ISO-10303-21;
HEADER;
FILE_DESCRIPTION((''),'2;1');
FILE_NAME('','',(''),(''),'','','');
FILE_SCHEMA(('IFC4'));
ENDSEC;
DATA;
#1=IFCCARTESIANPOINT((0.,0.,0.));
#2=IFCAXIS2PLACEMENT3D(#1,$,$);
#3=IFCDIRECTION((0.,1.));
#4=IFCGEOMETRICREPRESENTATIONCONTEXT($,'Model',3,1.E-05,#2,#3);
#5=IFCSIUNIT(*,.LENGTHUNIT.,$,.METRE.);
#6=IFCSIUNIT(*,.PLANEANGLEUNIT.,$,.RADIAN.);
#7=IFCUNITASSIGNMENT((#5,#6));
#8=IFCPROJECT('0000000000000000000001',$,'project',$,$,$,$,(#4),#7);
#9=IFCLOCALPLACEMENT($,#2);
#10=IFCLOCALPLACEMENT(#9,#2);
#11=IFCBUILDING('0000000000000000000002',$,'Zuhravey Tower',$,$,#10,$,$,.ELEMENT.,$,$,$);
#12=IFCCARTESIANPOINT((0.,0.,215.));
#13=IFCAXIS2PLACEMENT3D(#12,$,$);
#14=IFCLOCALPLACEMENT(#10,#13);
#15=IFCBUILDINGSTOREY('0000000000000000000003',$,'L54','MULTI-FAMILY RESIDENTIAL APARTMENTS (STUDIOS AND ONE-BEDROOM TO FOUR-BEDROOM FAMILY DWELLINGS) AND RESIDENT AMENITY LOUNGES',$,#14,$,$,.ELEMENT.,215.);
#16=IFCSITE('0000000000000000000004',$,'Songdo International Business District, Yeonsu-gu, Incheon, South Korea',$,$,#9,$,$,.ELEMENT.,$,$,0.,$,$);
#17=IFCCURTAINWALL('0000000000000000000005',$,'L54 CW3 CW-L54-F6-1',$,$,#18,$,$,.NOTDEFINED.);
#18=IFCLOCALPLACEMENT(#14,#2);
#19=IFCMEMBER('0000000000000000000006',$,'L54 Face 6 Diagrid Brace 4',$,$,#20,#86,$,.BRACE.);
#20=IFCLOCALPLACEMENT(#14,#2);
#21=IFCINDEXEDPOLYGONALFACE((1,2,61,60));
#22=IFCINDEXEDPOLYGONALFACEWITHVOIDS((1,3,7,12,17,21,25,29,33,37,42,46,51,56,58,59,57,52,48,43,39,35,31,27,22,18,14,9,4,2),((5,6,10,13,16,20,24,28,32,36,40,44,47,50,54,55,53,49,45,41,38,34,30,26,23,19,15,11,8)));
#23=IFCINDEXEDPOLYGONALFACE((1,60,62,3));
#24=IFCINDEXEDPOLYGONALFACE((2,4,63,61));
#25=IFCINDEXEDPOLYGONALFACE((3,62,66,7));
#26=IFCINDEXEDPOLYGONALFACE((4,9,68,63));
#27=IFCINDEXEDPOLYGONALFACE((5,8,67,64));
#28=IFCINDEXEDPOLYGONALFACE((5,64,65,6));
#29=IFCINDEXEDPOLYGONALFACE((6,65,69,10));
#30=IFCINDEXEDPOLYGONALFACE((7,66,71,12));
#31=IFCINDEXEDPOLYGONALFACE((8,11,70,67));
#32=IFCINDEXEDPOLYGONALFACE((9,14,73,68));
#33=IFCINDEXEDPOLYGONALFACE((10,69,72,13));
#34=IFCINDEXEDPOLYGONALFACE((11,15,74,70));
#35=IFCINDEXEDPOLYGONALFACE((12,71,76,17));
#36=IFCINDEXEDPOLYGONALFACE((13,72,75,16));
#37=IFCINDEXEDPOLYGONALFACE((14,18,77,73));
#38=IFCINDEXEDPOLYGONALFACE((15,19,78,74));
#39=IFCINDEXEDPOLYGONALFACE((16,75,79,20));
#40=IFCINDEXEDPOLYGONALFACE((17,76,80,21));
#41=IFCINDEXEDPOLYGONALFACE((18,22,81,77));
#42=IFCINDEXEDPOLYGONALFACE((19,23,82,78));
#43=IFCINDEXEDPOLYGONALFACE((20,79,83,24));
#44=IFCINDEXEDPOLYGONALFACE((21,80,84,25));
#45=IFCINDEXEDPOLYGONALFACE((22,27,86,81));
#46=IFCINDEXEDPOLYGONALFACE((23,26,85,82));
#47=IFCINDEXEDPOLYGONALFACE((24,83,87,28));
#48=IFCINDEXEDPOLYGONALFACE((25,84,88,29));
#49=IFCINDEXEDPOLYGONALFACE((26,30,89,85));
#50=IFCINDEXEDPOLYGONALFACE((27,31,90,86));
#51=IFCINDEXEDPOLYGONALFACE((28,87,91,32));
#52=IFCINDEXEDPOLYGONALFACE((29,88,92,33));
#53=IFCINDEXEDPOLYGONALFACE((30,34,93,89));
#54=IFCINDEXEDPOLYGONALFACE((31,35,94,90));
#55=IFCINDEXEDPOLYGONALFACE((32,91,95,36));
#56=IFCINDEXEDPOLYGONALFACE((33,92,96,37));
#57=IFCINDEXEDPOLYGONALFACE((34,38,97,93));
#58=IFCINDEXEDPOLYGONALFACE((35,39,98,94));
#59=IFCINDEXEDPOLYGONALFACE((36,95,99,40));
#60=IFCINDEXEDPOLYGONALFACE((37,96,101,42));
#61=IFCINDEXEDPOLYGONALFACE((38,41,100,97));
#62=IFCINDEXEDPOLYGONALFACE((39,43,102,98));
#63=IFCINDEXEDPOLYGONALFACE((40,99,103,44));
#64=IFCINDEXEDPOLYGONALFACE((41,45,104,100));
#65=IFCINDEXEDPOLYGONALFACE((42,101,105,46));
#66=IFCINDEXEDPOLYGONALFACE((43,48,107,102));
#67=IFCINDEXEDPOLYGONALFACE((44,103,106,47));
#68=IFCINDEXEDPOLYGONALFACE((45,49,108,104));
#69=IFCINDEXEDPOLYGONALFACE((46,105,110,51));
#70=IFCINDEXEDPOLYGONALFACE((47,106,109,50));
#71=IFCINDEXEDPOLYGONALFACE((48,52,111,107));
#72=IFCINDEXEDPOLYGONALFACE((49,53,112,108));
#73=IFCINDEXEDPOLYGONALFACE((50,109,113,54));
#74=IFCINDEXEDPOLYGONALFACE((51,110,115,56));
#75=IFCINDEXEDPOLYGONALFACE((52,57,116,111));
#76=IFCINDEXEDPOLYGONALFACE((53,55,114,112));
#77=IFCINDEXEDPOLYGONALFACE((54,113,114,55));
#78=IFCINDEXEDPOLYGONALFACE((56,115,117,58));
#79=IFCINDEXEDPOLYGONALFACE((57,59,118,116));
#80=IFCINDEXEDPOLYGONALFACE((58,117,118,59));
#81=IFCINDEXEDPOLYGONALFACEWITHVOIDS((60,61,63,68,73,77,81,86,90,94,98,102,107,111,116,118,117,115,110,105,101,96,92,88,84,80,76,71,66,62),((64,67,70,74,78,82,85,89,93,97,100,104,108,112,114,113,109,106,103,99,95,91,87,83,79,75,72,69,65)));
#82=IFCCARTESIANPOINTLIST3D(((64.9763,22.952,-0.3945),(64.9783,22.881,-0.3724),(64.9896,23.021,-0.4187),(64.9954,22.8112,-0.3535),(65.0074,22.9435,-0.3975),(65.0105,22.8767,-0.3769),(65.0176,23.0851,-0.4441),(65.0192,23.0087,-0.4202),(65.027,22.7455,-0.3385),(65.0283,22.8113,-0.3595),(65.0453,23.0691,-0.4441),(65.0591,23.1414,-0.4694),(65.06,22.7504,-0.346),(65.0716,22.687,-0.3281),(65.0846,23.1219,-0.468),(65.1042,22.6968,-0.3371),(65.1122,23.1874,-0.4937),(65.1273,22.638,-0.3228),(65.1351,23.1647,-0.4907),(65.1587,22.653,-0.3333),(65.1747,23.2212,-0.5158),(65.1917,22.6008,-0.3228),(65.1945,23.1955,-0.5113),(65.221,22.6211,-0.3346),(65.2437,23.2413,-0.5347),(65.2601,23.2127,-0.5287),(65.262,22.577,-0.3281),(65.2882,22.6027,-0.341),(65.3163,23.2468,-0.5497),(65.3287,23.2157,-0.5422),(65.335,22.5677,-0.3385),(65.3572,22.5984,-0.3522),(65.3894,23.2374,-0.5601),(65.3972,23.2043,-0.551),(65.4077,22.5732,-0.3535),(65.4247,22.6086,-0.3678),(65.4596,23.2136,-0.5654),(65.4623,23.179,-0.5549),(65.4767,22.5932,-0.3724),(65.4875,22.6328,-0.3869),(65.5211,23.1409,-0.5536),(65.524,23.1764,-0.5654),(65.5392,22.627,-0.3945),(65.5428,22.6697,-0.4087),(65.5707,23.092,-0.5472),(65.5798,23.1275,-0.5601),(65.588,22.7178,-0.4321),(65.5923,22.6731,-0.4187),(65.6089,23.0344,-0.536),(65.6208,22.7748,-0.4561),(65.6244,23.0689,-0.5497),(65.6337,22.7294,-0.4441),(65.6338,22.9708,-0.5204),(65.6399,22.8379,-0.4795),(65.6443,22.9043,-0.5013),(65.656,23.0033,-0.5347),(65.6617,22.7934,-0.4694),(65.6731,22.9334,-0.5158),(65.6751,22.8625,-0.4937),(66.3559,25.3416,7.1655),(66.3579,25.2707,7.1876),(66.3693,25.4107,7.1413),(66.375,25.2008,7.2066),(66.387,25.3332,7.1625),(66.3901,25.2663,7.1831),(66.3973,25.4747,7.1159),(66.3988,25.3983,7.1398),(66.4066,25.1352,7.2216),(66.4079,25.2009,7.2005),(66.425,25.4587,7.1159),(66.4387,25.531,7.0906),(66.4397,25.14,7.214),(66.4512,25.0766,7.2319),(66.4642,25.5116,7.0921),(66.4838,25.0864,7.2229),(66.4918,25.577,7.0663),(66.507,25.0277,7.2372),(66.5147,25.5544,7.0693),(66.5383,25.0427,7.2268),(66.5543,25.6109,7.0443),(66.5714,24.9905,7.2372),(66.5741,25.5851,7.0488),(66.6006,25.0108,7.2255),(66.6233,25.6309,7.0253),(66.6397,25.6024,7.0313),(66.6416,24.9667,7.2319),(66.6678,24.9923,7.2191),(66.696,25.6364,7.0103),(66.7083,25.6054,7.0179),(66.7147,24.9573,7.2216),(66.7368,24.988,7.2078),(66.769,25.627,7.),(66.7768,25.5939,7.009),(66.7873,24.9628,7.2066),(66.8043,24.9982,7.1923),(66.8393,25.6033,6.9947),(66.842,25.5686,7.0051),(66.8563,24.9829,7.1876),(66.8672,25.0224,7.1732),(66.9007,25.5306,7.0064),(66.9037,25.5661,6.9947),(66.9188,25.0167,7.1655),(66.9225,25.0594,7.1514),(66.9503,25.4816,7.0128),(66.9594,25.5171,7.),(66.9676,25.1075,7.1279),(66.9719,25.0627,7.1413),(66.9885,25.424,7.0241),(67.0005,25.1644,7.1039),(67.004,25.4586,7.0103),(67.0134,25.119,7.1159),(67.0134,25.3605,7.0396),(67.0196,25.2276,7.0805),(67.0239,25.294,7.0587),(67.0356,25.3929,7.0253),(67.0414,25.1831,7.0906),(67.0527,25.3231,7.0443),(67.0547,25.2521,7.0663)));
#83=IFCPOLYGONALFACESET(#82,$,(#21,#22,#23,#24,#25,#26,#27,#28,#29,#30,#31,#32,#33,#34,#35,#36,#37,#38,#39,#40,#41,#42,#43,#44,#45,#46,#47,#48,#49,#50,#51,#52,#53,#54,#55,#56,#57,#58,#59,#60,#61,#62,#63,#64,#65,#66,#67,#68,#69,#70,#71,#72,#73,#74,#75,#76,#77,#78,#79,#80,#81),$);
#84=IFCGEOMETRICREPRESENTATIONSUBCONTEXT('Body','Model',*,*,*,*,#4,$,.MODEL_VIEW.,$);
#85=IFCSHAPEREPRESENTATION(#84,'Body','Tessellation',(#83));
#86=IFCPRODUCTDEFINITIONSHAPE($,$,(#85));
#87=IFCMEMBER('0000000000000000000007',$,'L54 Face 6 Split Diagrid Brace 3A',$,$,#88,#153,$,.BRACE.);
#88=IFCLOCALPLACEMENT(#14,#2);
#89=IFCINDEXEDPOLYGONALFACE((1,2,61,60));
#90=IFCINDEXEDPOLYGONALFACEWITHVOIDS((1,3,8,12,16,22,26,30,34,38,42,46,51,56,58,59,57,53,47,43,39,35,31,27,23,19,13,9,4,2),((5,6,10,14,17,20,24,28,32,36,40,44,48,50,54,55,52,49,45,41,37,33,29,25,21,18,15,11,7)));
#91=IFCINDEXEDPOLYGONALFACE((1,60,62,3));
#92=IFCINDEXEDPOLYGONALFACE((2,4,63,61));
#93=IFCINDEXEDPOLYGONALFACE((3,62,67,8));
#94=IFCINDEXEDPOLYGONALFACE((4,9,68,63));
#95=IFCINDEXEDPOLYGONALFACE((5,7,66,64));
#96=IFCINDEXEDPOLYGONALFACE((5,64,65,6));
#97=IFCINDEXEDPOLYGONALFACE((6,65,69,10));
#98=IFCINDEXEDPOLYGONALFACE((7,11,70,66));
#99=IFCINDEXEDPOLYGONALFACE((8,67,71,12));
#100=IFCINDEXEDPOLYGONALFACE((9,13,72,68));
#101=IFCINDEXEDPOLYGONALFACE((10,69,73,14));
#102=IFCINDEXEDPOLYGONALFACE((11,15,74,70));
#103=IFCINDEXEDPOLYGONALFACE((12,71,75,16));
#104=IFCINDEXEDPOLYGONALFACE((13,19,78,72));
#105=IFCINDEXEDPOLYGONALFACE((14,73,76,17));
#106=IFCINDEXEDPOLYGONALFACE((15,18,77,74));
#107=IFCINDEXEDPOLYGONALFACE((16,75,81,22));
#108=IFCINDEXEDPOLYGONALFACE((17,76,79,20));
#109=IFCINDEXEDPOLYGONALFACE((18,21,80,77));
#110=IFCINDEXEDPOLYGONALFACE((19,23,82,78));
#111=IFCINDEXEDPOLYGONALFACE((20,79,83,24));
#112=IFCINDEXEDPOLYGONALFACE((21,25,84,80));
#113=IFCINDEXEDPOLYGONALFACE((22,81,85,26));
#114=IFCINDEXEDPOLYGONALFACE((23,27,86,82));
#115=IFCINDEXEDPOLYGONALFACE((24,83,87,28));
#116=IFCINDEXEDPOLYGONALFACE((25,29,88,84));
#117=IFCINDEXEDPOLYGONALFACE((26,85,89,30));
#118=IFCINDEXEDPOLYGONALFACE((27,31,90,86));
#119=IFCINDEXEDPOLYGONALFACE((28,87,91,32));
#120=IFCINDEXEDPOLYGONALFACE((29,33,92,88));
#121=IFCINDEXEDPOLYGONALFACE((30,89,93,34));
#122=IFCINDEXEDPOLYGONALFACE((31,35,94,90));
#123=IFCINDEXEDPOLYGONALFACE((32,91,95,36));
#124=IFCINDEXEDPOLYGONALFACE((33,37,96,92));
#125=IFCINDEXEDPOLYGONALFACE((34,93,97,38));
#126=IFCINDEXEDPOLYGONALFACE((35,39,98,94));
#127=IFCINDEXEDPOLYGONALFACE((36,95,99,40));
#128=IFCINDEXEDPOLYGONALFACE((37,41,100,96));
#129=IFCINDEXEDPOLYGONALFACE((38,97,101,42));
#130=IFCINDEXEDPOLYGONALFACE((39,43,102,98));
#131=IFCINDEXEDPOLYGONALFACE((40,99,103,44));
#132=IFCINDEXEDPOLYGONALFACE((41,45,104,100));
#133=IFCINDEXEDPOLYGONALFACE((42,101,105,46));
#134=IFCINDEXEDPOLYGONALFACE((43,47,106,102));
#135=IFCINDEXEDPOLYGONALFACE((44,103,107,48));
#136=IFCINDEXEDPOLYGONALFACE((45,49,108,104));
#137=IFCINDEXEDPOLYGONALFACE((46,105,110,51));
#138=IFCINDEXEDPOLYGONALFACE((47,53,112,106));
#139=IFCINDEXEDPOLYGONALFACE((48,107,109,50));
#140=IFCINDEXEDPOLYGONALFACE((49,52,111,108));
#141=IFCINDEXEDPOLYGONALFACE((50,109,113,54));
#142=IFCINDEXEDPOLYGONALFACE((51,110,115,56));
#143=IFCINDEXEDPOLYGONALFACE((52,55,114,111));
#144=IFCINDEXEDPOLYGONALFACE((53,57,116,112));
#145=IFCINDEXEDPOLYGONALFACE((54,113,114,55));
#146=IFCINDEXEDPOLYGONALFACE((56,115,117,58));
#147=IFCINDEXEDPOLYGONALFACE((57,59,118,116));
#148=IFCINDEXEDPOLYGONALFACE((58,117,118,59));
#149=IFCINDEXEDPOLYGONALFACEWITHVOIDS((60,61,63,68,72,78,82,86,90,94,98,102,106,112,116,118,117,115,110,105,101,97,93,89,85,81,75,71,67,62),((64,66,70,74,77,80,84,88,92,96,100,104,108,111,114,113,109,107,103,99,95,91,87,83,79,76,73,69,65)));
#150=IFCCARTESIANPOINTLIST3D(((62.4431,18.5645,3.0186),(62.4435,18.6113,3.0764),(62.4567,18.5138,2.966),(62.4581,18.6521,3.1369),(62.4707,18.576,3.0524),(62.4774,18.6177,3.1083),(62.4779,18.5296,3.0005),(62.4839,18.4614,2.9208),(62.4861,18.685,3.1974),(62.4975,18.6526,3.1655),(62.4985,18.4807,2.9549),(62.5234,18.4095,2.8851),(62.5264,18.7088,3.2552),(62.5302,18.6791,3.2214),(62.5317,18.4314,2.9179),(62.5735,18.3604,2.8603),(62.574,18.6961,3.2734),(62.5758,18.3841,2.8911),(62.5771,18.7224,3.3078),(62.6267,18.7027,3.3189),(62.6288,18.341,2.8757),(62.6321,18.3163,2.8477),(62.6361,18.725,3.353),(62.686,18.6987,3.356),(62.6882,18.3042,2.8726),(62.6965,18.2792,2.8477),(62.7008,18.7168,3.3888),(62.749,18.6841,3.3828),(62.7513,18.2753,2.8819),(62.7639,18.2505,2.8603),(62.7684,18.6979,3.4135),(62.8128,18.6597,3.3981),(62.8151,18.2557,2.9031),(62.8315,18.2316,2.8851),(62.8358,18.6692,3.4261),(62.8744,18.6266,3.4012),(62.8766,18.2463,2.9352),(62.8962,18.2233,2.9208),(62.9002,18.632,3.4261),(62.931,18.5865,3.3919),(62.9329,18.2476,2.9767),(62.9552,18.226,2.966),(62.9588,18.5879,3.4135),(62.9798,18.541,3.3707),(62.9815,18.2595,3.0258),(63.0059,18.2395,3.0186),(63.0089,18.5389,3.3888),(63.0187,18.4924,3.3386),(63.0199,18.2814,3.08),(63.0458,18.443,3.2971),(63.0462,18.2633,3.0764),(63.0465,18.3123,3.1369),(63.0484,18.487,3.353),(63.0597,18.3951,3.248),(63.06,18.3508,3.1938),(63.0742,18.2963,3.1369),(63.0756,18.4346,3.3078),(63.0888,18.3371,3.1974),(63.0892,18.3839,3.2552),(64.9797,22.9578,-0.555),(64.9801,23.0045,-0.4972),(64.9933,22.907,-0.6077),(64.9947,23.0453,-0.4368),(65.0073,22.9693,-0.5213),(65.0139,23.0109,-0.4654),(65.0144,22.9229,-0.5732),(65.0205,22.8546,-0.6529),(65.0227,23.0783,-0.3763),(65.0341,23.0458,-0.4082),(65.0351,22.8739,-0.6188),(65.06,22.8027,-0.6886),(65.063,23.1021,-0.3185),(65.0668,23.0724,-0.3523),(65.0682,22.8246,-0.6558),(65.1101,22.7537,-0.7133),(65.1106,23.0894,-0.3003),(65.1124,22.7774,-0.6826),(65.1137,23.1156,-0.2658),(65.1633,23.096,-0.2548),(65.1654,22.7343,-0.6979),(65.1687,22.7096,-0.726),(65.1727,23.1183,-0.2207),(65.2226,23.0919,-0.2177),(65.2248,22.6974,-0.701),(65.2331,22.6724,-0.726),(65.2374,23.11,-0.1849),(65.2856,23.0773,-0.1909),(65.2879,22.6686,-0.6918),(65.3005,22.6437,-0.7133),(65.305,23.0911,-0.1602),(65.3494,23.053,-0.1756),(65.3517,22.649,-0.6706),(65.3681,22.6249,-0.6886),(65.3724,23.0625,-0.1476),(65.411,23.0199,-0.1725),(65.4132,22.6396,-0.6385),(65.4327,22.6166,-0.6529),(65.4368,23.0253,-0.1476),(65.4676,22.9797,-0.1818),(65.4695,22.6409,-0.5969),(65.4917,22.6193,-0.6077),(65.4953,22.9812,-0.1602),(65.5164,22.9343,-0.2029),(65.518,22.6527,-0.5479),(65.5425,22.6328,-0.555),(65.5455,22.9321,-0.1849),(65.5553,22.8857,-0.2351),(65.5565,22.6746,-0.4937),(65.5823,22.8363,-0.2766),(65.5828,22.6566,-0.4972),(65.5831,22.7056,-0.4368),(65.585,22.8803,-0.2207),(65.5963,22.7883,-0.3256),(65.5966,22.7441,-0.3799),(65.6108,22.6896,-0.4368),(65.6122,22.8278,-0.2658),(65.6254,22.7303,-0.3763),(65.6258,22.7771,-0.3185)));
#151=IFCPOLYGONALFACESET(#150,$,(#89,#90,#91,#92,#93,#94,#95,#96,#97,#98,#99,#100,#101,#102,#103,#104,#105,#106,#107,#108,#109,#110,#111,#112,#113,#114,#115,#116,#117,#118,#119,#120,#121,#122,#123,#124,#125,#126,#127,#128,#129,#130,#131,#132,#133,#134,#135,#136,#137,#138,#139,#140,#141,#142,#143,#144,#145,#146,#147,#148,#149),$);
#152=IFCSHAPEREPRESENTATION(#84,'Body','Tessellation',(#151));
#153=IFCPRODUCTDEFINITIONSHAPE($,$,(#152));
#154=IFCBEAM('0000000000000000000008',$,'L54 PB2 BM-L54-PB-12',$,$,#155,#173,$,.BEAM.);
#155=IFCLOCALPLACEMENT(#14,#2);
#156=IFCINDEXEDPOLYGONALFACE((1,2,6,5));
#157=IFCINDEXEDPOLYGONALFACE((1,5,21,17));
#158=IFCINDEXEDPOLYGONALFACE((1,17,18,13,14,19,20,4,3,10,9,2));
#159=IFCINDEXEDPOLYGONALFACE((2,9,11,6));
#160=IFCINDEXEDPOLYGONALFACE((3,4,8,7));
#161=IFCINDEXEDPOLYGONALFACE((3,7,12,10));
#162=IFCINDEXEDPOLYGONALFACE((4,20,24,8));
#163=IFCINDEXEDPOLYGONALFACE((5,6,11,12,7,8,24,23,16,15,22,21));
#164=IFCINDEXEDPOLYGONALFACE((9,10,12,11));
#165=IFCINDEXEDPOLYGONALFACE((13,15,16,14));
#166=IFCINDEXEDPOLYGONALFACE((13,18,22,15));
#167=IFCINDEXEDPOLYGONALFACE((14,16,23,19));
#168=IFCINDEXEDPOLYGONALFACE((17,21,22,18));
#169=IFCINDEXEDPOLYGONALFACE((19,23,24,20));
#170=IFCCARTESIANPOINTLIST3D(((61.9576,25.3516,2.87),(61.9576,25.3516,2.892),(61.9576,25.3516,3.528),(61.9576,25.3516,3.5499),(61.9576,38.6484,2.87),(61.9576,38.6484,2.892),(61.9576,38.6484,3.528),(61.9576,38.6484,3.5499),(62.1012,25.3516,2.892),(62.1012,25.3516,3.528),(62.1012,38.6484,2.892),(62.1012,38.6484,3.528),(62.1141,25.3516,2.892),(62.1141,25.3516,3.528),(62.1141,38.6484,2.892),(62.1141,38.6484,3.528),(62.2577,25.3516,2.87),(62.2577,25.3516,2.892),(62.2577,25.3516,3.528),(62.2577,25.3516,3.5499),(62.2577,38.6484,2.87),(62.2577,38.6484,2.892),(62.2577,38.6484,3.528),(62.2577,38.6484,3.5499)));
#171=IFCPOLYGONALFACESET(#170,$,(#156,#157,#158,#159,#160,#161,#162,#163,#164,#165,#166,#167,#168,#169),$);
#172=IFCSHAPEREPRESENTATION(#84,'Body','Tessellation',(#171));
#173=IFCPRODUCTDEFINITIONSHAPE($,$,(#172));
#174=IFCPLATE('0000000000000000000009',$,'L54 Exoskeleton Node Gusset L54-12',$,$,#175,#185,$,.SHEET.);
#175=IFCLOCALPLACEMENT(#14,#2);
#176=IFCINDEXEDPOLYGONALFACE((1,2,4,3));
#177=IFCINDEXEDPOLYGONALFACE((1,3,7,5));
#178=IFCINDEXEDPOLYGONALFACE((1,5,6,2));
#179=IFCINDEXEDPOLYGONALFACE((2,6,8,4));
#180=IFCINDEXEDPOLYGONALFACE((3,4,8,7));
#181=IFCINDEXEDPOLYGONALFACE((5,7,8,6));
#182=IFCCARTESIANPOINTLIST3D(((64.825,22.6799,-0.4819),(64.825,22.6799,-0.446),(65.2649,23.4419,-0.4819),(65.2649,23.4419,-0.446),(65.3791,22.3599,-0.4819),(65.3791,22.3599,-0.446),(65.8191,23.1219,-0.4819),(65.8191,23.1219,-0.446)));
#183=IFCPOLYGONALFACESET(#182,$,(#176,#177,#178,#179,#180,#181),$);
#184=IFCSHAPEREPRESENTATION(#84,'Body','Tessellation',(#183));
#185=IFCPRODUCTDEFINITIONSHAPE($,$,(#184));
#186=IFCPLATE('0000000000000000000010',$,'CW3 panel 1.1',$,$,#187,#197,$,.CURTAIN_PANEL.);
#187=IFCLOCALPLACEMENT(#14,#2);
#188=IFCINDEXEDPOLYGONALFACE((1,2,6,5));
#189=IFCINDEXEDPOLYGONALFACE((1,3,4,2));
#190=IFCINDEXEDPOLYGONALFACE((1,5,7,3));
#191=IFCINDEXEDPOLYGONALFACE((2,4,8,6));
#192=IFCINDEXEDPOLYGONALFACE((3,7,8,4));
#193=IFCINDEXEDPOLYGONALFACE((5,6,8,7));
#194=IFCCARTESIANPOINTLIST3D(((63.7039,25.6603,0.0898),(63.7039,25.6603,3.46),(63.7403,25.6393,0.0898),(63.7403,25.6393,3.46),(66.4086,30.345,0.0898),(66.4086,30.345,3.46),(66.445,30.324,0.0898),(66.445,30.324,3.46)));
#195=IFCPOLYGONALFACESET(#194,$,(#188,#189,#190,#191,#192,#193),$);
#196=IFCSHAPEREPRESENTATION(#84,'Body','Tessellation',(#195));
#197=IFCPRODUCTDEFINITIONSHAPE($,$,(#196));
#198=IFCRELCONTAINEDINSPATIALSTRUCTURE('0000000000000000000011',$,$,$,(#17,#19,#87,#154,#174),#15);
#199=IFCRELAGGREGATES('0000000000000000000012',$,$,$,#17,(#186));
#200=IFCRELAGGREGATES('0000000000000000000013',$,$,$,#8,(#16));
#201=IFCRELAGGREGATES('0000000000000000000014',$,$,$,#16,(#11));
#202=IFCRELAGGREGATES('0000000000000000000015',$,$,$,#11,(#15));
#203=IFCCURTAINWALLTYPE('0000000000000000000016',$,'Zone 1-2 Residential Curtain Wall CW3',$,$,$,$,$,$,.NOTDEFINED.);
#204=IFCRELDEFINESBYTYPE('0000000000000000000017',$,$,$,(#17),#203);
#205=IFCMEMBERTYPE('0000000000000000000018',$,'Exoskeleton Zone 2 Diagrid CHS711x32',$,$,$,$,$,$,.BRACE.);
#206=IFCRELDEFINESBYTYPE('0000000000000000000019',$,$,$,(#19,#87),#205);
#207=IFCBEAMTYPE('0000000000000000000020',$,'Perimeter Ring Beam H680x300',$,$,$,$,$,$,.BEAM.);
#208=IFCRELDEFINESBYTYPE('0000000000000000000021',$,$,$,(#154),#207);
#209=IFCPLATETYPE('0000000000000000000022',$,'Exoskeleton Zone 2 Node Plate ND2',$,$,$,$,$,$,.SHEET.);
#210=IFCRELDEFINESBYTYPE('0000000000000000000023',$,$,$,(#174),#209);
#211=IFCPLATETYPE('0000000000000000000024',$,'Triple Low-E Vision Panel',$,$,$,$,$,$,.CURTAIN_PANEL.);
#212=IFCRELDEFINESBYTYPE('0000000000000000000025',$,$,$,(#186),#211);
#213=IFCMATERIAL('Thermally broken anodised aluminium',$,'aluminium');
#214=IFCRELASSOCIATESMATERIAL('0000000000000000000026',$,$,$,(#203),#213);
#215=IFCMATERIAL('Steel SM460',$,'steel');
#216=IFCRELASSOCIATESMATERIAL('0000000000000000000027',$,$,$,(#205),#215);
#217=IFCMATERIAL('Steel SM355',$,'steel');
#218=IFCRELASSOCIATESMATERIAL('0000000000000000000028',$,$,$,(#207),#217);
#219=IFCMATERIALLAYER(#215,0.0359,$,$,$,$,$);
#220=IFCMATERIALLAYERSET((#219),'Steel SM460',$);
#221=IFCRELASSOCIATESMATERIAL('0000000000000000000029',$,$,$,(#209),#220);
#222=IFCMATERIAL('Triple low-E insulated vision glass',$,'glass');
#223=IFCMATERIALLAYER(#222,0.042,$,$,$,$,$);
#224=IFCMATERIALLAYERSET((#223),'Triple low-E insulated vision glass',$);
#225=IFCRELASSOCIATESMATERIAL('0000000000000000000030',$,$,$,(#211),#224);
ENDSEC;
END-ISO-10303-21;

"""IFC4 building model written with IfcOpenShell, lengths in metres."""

from ifc_helpers import new_model, si_unit, direction, frame, origin, origin_2d, place, context, subcontext, project, spatial, rectangle, hollow_circle, i_section, extrude, material, layer, layer_set, material_profile, profile_set, type_object, element, aggregate, save


model = new_model("IFC4")

# Units and contexts
model_context = context("Model", 3, precision=1e-05, world=origin(), true_north=direction((0.0, 1.0)))
body_context = subcontext(model_context, "Body", "Model", "MODEL_VIEW")
ifc_project = project(units=[si_unit("LENGTHUNIT", "METRE"), si_unit("PLANEANGLEUNIT", "RADIAN")], contexts=[model_context])

# Site, building, storey
site_placement = place(None, origin())
site = spatial("IfcSite", under=ifc_project, at=site_placement, Name="Songdo International Business District, Yeonsu-gu, Incheon, South Korea", CompositionType="ELEMENT", RefElevation=0.0)
building_placement = place(site_placement, origin())
building = spatial("IfcBuilding", under=site, at=building_placement, Name="Zuhravey Tower", CompositionType="ELEMENT")
storey_placement = place(building_placement, frame((0.0, 0.0, 215.0)))
storey = spatial("IfcBuildingStorey", under=building, at=storey_placement, Name="L54", Description="MULTI-FAMILY RESIDENTIAL APARTMENTS (STUDIOS AND ONE-BEDROOM TO FOUR-BEDROOM FAMILY DWELLINGS) AND RESIDENT AMENITY LOUNGES", CompositionType="ELEMENT", Elevation=215.0)

# Curtain wall
ifc_material_1 = material(Name="Thermally broken anodised aluminium", Category="aluminium")
curtain_wall_type = type_object("IfcCurtainWallType", Name="Zone 1-2 Residential Curtain Wall CW3", PredefinedType="NOTDEFINED", material=ifc_material_1)
curtain_wall_placement = place(storey_placement, origin())
curtain_wall = element("IfcCurtainWall", 1, at=curtain_wall_placement, inside=storey, type_object=curtain_wall_type, Name="L54 CW3 CW-L54-F6-1", PredefinedType="NOTDEFINED")

# Members
ifc_material_2 = material(Name="Steel SM460", Category="steel")
ifc_material_profile_1 = material_profile(ifc_material_2, hollow_circle(Radius=0.3557, WallThickness=0.032, at=origin_2d()), Name="CHS-711.2x32")
ifc_profile_set_1 = profile_set([ifc_material_profile_1], Name="Steel SM460")
member_type_1 = type_object("IfcMemberType", Name="Exoskeleton Zone 2 Diagrid CHS711x32", PredefinedType="BRACE", material=ifc_profile_set_1)
member_1_placement = place(storey_placement, frame((65.3257, 22.9072, -0.4441), z_axis=(0.171429, 0.296929, 0.939386), x_axis=(-0.866029, 0.499993, 0.0)))
element("IfcMember", 2, at=member_1_placement, inside=storey, type_object=member_type_1, Name="L54 Face 6 Diagrid Brace 4", PredefinedType="BRACE", context=body_context, shape_type="SweptSolid", body=[
    extrude(hollow_circle(Radius=0.3557, WallThickness=0.032, at=origin_2d()), origin(), (0.0, 0.0, 1.0), 8.0479),
])
member_2_placement = place(storey_placement, frame((65.3027, 22.8674, -0.4368), z_axis=(-0.408775, -0.70798, 0.575905), x_axis=(0.866013, -0.500021, 0.0)))
element("IfcMember", 3, at=member_2_placement, inside=storey, type_object=member_type_1, Name="L54 Face 6 Split Diagrid Brace 3A", PredefinedType="BRACE", context=body_context, shape_type="SweptSolid", body=[
    extrude(hollow_circle(Radius=0.3557, WallThickness=0.032, at=origin_2d()), origin(), (0.0, 0.0, 1.0), 6.2053),
])

# Beam
ifc_material_3 = material(Name="Steel SM355", Category="steel")
ifc_material_profile_2 = material_profile(ifc_material_3, i_section(OverallWidth=0.3, OverallDepth=0.6799, WebThickness=0.0129, FlangeThickness=0.022, at=origin_2d()), Name="H-680x300x13x22")
ifc_profile_set_2 = profile_set([ifc_material_profile_2], Name="Steel SM355")
beam_type = type_object("IfcBeamType", Name="Perimeter Ring Beam H680x300", PredefinedType="BEAM", material=ifc_profile_set_2)
beam_placement = place(storey_placement, frame((62.1077, 25.3516, 3.21), z_axis=(0.0, 1.0, 0.0), x_axis=(-1.0, 0.0, 0.0)))
element("IfcBeam", 4, at=beam_placement, inside=storey, type_object=beam_type, Name="L54 PB2 BM-L54-PB-12", PredefinedType="BEAM", context=body_context, shape_type="SweptSolid", body=[
    extrude(i_section(OverallWidth=0.3, OverallDepth=0.6799, WebThickness=0.0129, FlangeThickness=0.022, at=origin_2d()), origin(), (0.0, 0.0, 1.0), 13.2969),
])

# Plates
ifc_layer_1 = layer(ifc_material_2, 0.0359)
ifc_layer_set_1 = layer_set([ifc_layer_1], Name="Steel SM460")
plate_type_1 = type_object("IfcPlateType", Name="Exoskeleton Zone 2 Node Plate ND2", PredefinedType="SHEET", material=ifc_layer_set_1)
plate_1_placement = place(storey_placement, frame((65.322, 22.9009, -0.4819), z_axis=(0.0, 0.0, 1.0), x_axis=(0.5, 0.866025, 0.0)))
element("IfcPlate", 5, at=plate_1_placement, inside=storey, type_object=plate_type_1, Name="L54 Exoskeleton Node Gusset L54-12", PredefinedType="SHEET", context=body_context, shape_type="SweptSolid", body=[
    extrude(rectangle(XDim=0.8799, YDim=0.6399, at=origin_2d()), origin(), (0.0, 0.0, 1.0), 0.0359),
])
ifc_material_4 = material(Name="Triple low-E insulated vision glass", Category="glass")
ifc_layer_2 = layer(ifc_material_4, 0.042)
ifc_layer_set_2 = layer_set([ifc_layer_2], Name="Triple low-E insulated vision glass")
plate_type_2 = type_object("IfcPlateType", Name="Triple Low-E Vision Panel", PredefinedType="CURTAIN_PANEL", material=ifc_layer_set_2)
plate_2_placement = place(storey_placement, frame((65.0745, 27.9922, 0.0898), z_axis=(0.0, 0.0, 1.0), x_axis=(-0.5, -0.866025, 0.0)))
plate_2 = element("IfcPlate", 6, at=plate_2_placement, type_object=plate_type_2, Name="CW3 panel 1.1", PredefinedType="CURTAIN_PANEL", context=body_context, shape_type="SweptSolid", body=[
    extrude(rectangle(XDim=5.4094, YDim=0.042, at=origin_2d()), origin(), (0.0, 0.0, 1.0), 3.3701),
])
aggregate(curtain_wall, [plate_2])

save(model, "model.ifc")
